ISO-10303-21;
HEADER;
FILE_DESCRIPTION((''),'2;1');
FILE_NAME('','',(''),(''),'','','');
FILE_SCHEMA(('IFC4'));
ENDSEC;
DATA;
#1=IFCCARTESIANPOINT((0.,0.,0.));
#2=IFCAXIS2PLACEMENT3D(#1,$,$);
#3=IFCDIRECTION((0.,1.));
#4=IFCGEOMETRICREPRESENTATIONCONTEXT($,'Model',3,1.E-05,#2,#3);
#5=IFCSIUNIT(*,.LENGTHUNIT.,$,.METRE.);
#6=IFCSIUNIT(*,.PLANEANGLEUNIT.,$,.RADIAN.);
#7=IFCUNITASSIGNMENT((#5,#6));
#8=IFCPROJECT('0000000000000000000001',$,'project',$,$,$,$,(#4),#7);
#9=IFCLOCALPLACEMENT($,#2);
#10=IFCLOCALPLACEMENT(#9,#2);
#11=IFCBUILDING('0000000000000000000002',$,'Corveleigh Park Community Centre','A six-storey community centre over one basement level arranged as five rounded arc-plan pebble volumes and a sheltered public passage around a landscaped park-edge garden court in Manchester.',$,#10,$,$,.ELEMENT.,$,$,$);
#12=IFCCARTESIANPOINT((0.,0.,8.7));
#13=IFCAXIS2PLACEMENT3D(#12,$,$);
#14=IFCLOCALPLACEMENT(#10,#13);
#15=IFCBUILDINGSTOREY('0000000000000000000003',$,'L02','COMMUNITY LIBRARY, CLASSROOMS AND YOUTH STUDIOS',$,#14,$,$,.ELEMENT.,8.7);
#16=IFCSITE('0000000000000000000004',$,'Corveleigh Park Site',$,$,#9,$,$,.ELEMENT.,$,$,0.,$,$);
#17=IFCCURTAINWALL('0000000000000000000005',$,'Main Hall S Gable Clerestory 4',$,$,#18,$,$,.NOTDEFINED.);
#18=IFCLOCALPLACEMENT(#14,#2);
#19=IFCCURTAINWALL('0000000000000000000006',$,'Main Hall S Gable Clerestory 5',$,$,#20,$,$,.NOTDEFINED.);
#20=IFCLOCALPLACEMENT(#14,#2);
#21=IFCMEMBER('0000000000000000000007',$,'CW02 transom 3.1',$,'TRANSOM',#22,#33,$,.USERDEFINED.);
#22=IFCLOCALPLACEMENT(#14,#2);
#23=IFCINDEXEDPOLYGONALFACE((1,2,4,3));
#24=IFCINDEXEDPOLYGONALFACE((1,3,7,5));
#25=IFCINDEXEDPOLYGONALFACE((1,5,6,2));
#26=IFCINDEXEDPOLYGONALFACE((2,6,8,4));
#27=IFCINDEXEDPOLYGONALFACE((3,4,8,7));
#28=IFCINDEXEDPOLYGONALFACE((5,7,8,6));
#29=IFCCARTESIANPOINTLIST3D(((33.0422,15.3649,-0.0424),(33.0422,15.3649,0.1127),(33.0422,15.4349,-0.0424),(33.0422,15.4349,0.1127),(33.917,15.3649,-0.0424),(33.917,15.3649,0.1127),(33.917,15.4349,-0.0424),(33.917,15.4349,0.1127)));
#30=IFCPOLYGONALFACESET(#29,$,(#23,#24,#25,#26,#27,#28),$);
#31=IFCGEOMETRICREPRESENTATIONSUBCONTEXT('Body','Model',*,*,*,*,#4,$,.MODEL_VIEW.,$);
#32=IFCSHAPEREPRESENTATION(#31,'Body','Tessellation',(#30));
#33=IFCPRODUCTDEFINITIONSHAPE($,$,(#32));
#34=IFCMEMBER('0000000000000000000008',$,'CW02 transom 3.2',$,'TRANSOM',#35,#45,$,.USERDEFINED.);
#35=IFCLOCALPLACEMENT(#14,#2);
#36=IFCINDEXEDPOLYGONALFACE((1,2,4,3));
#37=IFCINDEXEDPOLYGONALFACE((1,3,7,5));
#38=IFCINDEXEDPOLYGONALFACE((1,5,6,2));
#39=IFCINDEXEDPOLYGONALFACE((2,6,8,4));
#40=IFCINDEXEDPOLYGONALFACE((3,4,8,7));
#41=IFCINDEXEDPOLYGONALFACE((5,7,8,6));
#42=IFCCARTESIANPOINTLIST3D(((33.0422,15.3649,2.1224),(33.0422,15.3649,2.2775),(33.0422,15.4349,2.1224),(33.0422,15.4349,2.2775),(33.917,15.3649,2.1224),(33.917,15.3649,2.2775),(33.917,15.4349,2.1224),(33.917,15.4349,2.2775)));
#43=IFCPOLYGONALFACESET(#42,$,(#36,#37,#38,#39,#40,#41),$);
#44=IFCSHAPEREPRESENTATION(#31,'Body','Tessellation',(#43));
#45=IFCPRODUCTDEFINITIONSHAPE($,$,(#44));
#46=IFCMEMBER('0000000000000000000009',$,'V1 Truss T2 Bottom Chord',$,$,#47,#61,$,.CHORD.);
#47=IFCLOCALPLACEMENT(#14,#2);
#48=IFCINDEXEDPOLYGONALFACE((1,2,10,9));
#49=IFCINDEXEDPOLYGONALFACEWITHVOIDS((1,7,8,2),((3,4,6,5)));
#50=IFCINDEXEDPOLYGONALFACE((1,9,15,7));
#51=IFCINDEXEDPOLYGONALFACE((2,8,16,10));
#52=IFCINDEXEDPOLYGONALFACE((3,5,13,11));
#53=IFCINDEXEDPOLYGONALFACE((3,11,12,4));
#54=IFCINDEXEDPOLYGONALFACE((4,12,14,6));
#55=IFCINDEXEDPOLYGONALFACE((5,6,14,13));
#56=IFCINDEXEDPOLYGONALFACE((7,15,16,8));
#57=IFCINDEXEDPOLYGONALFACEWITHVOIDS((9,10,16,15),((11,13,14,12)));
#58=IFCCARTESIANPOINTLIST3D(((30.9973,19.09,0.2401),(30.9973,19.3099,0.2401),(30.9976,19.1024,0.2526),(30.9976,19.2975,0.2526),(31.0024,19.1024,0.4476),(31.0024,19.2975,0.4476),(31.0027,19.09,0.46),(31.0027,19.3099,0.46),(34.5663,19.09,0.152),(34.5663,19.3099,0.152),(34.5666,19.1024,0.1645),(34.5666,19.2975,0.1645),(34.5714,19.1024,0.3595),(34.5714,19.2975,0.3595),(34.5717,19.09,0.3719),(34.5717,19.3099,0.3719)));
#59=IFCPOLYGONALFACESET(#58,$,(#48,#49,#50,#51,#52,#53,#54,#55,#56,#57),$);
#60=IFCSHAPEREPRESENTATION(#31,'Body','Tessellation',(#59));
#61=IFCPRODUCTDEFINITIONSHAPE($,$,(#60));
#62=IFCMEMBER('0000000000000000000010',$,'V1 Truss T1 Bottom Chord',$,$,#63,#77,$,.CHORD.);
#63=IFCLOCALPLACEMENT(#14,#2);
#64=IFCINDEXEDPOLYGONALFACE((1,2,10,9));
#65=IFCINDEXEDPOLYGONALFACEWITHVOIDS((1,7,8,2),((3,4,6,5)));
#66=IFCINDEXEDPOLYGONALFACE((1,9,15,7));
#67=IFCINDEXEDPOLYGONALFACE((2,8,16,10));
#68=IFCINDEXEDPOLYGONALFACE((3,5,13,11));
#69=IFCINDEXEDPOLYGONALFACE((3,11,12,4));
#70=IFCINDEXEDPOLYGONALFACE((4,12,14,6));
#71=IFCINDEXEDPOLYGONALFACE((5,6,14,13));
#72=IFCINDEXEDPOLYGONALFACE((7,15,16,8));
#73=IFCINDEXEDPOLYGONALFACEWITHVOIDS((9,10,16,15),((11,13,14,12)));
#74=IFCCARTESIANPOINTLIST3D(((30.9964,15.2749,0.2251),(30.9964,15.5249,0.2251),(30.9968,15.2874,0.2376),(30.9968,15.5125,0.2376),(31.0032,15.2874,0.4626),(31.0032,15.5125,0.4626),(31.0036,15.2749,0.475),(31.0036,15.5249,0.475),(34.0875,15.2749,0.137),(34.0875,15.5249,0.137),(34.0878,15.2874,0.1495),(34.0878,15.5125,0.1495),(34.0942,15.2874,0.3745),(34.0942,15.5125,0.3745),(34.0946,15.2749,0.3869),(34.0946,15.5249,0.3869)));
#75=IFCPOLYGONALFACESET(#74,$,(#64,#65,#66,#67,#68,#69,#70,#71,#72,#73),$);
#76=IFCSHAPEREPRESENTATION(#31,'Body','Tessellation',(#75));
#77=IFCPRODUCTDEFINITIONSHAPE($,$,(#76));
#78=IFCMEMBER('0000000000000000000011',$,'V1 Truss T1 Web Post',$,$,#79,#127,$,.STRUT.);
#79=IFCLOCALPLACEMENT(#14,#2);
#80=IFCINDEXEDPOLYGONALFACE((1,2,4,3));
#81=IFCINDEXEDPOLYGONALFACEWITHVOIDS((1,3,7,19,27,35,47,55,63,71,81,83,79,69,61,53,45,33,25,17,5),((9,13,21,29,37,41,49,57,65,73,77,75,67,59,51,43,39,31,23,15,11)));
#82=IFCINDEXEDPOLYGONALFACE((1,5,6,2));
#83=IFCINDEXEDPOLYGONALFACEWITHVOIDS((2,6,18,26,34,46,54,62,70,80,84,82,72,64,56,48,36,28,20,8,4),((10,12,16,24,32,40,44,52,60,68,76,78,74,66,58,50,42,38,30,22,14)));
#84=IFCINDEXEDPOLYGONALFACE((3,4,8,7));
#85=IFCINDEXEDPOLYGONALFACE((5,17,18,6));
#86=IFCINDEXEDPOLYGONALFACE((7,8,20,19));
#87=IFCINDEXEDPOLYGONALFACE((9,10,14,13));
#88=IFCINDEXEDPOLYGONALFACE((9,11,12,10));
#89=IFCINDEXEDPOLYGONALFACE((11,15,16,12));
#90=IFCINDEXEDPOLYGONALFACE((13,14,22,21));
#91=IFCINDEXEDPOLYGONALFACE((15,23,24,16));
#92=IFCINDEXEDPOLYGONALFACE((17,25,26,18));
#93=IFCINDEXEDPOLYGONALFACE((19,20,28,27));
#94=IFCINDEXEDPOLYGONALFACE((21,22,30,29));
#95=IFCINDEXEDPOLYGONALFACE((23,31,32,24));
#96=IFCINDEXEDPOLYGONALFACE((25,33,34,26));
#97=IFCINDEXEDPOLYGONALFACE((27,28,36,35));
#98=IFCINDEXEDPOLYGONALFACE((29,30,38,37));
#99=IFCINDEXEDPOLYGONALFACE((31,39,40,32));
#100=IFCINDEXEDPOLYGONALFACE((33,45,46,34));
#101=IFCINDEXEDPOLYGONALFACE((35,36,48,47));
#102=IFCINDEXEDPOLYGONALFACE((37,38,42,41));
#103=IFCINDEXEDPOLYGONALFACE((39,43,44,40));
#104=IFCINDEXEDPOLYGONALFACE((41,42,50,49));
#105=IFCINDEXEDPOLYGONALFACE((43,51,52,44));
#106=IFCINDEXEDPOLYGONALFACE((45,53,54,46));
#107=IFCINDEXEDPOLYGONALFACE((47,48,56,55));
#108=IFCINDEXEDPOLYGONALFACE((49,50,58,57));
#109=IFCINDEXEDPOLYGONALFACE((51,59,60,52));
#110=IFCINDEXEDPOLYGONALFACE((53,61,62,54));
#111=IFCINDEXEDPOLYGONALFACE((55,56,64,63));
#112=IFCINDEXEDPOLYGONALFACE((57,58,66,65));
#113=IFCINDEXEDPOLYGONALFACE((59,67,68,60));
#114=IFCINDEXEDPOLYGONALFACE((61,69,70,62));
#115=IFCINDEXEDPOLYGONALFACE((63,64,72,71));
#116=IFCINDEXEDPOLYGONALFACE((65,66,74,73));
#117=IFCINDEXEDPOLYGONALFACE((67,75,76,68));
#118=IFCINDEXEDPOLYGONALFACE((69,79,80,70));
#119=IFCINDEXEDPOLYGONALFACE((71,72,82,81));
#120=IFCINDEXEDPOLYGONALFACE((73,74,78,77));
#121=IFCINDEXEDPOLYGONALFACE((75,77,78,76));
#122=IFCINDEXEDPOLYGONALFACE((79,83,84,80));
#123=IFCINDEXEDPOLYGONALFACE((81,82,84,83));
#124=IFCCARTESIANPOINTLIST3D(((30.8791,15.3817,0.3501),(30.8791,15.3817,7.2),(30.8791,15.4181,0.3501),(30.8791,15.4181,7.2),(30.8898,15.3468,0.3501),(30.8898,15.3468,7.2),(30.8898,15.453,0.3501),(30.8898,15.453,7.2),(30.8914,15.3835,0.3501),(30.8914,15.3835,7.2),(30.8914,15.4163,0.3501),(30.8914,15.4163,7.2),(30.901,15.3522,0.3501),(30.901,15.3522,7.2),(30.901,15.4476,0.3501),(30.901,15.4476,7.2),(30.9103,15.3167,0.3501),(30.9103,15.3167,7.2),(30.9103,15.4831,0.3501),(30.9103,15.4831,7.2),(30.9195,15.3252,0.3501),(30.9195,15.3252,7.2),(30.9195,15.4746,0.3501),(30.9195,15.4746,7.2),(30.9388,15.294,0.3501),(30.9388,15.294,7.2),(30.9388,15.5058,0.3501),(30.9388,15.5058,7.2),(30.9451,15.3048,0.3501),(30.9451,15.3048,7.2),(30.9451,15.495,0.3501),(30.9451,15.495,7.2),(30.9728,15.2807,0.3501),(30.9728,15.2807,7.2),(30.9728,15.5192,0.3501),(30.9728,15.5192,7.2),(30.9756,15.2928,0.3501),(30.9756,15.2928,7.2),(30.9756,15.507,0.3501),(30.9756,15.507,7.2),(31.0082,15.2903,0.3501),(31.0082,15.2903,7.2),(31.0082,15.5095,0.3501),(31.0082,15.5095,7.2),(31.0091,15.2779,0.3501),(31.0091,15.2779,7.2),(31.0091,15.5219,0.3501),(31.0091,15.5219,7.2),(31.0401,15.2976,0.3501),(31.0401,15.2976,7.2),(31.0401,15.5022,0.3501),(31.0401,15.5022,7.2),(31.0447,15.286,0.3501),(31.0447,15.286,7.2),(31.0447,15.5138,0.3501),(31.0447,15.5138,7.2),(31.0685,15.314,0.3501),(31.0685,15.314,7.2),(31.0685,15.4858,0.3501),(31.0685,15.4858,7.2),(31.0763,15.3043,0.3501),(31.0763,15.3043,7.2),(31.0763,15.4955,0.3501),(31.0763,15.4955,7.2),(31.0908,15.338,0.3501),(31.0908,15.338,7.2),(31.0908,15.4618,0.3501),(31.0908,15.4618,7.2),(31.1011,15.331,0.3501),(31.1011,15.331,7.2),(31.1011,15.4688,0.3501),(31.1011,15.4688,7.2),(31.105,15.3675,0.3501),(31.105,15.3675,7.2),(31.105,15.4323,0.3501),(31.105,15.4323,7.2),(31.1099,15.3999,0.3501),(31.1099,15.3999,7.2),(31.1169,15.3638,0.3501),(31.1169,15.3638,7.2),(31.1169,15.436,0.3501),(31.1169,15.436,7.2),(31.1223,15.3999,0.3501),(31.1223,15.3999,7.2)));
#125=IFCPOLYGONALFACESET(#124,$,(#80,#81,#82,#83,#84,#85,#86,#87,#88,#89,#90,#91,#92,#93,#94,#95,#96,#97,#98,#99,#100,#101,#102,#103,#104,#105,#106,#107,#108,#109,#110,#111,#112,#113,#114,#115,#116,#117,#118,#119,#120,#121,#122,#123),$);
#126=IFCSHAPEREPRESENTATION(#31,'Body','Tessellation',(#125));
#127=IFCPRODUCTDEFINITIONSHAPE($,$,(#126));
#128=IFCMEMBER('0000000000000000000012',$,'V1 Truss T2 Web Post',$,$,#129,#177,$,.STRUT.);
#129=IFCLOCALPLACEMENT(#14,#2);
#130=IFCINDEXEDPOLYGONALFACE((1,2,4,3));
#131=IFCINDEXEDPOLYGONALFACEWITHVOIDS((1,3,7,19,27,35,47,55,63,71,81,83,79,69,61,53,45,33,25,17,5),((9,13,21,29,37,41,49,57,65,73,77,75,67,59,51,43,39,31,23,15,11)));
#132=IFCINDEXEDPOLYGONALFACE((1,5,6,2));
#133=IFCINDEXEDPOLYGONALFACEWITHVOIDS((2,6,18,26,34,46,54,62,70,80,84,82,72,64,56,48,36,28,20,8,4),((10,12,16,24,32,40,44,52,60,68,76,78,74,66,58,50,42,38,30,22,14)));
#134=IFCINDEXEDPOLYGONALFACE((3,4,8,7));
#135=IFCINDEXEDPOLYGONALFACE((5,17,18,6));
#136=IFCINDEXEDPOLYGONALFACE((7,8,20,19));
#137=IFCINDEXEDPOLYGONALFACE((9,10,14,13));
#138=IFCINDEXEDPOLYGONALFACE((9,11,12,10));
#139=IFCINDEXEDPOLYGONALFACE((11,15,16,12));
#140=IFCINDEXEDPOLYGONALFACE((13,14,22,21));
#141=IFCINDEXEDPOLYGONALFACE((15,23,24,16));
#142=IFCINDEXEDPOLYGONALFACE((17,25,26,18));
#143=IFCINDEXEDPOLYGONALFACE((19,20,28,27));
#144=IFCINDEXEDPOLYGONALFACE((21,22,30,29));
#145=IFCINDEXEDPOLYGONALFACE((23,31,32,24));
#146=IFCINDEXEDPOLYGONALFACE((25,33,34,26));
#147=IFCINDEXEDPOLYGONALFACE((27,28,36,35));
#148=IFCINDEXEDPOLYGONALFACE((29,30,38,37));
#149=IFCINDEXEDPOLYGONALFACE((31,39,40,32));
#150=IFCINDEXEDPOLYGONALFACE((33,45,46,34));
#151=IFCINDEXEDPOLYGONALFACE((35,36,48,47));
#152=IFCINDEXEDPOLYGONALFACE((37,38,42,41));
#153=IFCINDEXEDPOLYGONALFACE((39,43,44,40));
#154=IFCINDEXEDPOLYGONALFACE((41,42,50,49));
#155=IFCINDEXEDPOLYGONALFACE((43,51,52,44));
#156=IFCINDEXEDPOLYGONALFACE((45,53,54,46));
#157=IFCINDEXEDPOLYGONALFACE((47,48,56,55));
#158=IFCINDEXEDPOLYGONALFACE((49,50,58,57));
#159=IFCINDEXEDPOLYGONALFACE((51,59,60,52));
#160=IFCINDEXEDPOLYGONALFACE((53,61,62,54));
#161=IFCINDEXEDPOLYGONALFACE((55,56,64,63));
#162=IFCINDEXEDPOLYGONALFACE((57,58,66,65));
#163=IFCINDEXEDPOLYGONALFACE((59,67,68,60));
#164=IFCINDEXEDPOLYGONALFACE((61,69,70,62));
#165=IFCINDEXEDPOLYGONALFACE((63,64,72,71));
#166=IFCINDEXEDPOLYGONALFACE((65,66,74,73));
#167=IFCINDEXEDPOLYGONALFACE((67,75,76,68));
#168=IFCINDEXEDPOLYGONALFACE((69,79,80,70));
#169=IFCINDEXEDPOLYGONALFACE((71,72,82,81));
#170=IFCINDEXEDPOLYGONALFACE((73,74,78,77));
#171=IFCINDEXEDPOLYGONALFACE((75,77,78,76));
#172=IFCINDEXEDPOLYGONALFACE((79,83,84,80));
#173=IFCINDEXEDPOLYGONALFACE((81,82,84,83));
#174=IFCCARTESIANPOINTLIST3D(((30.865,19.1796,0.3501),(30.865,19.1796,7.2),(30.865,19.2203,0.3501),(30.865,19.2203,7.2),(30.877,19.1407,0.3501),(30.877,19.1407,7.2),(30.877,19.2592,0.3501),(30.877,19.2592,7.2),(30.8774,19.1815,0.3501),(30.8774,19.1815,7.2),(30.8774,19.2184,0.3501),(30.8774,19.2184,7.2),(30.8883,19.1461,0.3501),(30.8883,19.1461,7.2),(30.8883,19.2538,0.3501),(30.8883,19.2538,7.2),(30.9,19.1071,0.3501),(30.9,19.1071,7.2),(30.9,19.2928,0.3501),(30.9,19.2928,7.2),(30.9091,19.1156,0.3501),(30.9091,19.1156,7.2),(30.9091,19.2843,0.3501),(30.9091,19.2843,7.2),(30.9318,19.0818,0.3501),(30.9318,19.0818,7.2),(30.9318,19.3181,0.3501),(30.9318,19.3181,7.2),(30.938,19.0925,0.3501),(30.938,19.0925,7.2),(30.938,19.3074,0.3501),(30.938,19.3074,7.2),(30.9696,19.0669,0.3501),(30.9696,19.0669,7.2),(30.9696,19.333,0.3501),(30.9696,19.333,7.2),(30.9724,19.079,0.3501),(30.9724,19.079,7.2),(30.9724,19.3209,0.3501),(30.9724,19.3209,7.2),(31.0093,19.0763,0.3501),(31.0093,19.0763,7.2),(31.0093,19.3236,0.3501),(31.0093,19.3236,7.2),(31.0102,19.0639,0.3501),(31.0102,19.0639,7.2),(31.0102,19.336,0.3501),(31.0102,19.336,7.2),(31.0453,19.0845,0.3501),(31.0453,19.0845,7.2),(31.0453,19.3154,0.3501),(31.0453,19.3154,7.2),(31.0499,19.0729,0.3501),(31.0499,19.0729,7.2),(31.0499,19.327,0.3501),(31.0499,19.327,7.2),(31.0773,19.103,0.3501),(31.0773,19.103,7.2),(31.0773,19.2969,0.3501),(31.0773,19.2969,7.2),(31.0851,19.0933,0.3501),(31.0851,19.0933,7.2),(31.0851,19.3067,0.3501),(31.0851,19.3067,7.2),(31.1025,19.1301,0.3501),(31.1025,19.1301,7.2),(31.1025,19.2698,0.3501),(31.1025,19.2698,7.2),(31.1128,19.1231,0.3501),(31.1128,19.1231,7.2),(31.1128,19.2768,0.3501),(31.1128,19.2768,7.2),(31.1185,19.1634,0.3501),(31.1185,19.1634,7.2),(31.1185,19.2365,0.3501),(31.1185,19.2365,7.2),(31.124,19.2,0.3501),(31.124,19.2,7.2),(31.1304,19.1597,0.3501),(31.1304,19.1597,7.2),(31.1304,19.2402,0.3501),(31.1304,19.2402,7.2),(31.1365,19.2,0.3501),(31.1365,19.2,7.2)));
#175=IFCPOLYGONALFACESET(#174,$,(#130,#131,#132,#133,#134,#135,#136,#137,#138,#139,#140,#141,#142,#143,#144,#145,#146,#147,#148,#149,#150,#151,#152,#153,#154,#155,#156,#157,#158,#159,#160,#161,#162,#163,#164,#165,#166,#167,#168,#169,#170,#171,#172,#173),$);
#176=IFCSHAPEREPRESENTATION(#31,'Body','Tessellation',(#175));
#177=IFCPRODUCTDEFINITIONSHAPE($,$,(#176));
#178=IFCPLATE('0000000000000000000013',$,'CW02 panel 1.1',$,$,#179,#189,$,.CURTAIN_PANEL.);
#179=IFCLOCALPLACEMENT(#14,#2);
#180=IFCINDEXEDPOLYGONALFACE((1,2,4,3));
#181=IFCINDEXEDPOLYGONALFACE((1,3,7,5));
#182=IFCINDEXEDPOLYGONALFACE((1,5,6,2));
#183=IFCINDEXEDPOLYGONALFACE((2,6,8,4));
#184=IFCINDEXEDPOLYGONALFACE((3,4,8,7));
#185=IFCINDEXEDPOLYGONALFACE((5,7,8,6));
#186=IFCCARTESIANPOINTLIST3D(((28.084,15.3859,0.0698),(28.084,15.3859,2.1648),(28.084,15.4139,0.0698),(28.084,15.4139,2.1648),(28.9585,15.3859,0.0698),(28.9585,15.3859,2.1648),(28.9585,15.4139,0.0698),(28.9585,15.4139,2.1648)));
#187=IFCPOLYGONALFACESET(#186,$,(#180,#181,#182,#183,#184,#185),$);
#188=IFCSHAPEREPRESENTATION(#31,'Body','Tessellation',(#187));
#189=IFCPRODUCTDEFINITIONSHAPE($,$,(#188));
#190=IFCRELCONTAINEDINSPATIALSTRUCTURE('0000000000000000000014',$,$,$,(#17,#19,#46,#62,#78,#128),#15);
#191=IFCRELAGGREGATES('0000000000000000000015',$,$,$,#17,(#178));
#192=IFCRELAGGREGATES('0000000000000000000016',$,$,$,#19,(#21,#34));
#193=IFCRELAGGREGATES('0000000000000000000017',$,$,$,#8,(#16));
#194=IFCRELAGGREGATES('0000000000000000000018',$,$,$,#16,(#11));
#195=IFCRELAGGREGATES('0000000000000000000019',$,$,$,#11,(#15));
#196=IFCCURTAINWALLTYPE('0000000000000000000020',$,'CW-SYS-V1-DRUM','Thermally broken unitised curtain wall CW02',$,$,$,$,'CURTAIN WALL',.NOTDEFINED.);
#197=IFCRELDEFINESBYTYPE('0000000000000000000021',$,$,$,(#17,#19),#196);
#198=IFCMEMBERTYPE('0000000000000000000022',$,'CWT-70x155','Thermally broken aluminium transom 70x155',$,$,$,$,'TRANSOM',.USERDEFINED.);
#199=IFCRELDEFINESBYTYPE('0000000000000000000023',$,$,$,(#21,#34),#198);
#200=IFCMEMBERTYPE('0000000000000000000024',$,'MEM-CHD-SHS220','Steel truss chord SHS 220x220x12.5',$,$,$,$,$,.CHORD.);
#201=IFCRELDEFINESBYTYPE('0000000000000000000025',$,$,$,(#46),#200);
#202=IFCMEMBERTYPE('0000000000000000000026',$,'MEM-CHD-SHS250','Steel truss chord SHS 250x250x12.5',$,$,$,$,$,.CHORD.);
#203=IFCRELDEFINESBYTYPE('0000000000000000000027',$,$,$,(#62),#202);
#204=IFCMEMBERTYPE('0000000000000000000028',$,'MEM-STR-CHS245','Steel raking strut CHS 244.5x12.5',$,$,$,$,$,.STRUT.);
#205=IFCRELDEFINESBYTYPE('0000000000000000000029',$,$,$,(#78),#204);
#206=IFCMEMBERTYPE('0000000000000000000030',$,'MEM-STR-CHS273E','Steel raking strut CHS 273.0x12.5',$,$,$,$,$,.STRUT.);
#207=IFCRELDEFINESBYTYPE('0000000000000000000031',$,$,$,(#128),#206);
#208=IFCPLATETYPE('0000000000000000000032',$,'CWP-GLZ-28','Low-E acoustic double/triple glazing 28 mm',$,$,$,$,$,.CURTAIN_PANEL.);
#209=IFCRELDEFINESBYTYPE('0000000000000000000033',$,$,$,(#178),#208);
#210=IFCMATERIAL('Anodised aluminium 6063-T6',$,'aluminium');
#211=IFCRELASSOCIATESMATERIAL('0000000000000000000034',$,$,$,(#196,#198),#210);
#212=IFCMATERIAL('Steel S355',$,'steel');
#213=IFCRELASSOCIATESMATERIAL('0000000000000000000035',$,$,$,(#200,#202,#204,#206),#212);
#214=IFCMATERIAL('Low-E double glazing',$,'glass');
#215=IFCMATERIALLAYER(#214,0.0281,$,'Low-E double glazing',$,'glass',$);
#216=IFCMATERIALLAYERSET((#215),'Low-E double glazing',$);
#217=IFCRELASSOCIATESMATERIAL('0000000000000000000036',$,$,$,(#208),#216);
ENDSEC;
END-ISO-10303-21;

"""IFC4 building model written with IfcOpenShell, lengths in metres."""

from ifc_helpers import new_model, si_unit, direction, frame, origin, origin_2d, place, context, subcontext, project, spatial, rectangle, hollow_rectangle, hollow_circle, extrude, material, layer, layer_set, material_profile, profile_set, type_object, element, aggregate, save


model = new_model("IFC4")

# Units and contexts
model_context = context("Model", 3, precision=1e-05, world=origin(), true_north=direction((0.0, 1.0)))
body_context = subcontext(model_context, "Body", "Model", "MODEL_VIEW")
ifc_project = project(units=[si_unit("LENGTHUNIT", "METRE"), si_unit("PLANEANGLEUNIT", "RADIAN")], contexts=[model_context])

# Site, building, storey
site_placement = place(None, origin())
site = spatial("IfcSite", under=ifc_project, at=site_placement, Name="Corveleigh Park Site", CompositionType="ELEMENT", RefElevation=0.0)
building_placement = place(site_placement, origin())
building = spatial("IfcBuilding", under=site, at=building_placement, Name="Corveleigh Park Community Centre", Description="A six-storey community centre over one basement level arranged as five rounded arc-plan pebble volumes and a sheltered public passage around a landscaped park-edge garden court in Manchester.", CompositionType="ELEMENT")
storey_placement = place(building_placement, frame((0.0, 0.0, 8.7)))
storey = spatial("IfcBuildingStorey", under=building, at=storey_placement, Name="L02", Description="COMMUNITY LIBRARY, CLASSROOMS AND YOUTH STUDIOS", CompositionType="ELEMENT", Elevation=8.7)

# Curtain walls
ifc_material_1 = material(Name="Anodised aluminium 6063-T6", Category="aluminium")
curtain_wall_type = type_object("IfcCurtainWallType", Name="CW-SYS-V1-DRUM", Description="Thermally broken unitised curtain wall CW02", ElementType="CURTAIN WALL", PredefinedType="NOTDEFINED", material=ifc_material_1)
curtain_wall_1_placement = place(storey_placement, origin())
curtain_wall_1 = element("IfcCurtainWall", 1, at=curtain_wall_1_placement, inside=storey, type_object=curtain_wall_type, Name="Main Hall S Gable Clerestory 4", PredefinedType="NOTDEFINED")
curtain_wall_2_placement = place(storey_placement, origin())
curtain_wall_2 = element("IfcCurtainWall", 2, at=curtain_wall_2_placement, inside=storey, type_object=curtain_wall_type, Name="Main Hall S Gable Clerestory 5", PredefinedType="NOTDEFINED")

# Members
ifc_material_profile_1 = material_profile(ifc_material_1, rectangle(XDim=0.0701, YDim=0.155, at=origin_2d()), Name="ALU-T70x155", Category="aluminium")
ifc_profile_set_1 = profile_set([ifc_material_profile_1], Name="Anodised aluminium 6063-T6")
member_type_1 = type_object("IfcMemberType", Name="CWT-70x155", Description="Thermally broken aluminium transom 70x155", ElementType="TRANSOM", PredefinedType="USERDEFINED", material=ifc_profile_set_1)
member_1_placement = place(storey_placement, frame((33.0422, 15.3999, 0.0352), z_axis=(1.0, 0.0, 0.0), x_axis=(0.0, 1.0, 0.0)))
member_1 = element("IfcMember", 3, at=member_1_placement, type_object=member_type_1, Name="CW02 transom 3.1", ObjectType="TRANSOM", PredefinedType="USERDEFINED", context=body_context, shape_type="SweptSolid", body=[
    extrude(rectangle(XDim=0.0701, YDim=0.155, at=origin_2d()), origin(), (0.0, 0.0, 1.0), 0.8748),
])
member_2_placement = place(storey_placement, frame((33.0422, 15.3999, 2.2), z_axis=(1.0, 0.0, 0.0), x_axis=(0.0, 1.0, 0.0)))
member_2 = element("IfcMember", 4, at=member_2_placement, type_object=member_type_1, Name="CW02 transom 3.2", ObjectType="TRANSOM", PredefinedType="USERDEFINED", context=body_context, shape_type="SweptSolid", body=[
    extrude(rectangle(XDim=0.0701, YDim=0.155, at=origin_2d()), origin(), (0.0, 0.0, 1.0), 0.8748),
])

# Members
ifc_material_2 = material(Name="Steel S355", Category="steel")
ifc_material_profile_2 = material_profile(ifc_material_2, hollow_rectangle(XDim=0.22, YDim=0.22, WallThickness=0.0125, at=origin_2d()), Name="SHS 220x220x12.5", Category="steel")
ifc_profile_set_2 = profile_set([ifc_material_profile_2], Name="Steel S355")
member_type_2 = type_object("IfcMemberType", Name="MEM-CHD-SHS220", Description="Steel truss chord SHS 220x220x12.5", PredefinedType="CHORD", material=ifc_profile_set_2)
member_3_placement = place(storey_placement, frame((31.0, 19.2, 0.3501), z_axis=(0.999695, 0.0, -0.024686), x_axis=(0.0, 1.0, 0.0)))
element("IfcMember", 5, at=member_3_placement, inside=storey, type_object=member_type_2, Name="V1 Truss T2 Bottom Chord", PredefinedType="CHORD", context=body_context, shape_type="SweptSolid", body=[
    extrude(hollow_rectangle(XDim=0.22, YDim=0.22, WallThickness=0.0125, at=origin_2d()), origin(), (0.0, 0.0, 1.0), 3.5701),
])
ifc_material_profile_3 = material_profile(ifc_material_2, hollow_rectangle(XDim=0.25, YDim=0.25, WallThickness=0.0125, at=origin_2d()), Name="SHS 250x250x12.5", Category="steel")
ifc_profile_set_3 = profile_set([ifc_material_profile_3], Name="Steel S355")
member_type_3 = type_object("IfcMemberType", Name="MEM-CHD-SHS250", Description="Steel truss chord SHS 250x250x12.5", PredefinedType="CHORD", material=ifc_profile_set_3)
member_4_placement = place(storey_placement, frame((31.0, 15.3999, 0.3501), z_axis=(0.999594, 0.0, -0.028501), x_axis=(0.0, 1.0, 0.0)))
element("IfcMember", 6, at=member_4_placement, inside=storey, type_object=member_type_3, Name="V1 Truss T1 Bottom Chord", PredefinedType="CHORD", context=body_context, shape_type="SweptSolid", body=[
    extrude(hollow_rectangle(XDim=0.25, YDim=0.25, WallThickness=0.0125, at=origin_2d()), origin(), (0.0, 0.0, 1.0), 3.0923),
])
ifc_material_profile_4 = material_profile(ifc_material_2, hollow_circle(Radius=0.1223, WallThickness=0.0125, at=origin_2d()), Name="CHS 244.5x12.5", Category="steel")
ifc_profile_set_4 = profile_set([ifc_material_profile_4], Name="Steel S355")
member_type_4 = type_object("IfcMemberType", Name="MEM-STR-CHS245", Description="Steel raking strut CHS 244.5x12.5", PredefinedType="STRUT", material=ifc_profile_set_4)
member_5_placement = place(storey_placement, frame((31.0, 15.3999, 0.3501), z_axis=(0.0, 0.0, 1.0), x_axis=(1.0, 0.0, 0.0)))
element("IfcMember", 7, at=member_5_placement, inside=storey, type_object=member_type_4, Name="V1 Truss T1 Web Post", PredefinedType="STRUT", context=body_context, shape_type="SweptSolid", body=[
    extrude(hollow_circle(Radius=0.1223, WallThickness=0.0125, at=origin_2d()), origin(), (0.0, 0.0, 1.0), 6.8499),
])
ifc_material_profile_5 = material_profile(ifc_material_2, hollow_circle(Radius=0.1365, WallThickness=0.0125, at=origin_2d()), Name="CHS 273.0x12.5", Category="steel")
ifc_profile_set_5 = profile_set([ifc_material_profile_5], Name="Steel S355")
member_type_5 = type_object("IfcMemberType", Name="MEM-STR-CHS273E", Description="Steel raking strut CHS 273.0x12.5", PredefinedType="STRUT", material=ifc_profile_set_5)
member_6_placement = place(storey_placement, frame((31.0, 19.2, 0.3501), z_axis=(0.0, 0.0, 1.0), x_axis=(1.0, 0.0, 0.0)))
element("IfcMember", 8, at=member_6_placement, inside=storey, type_object=member_type_5, Name="V1 Truss T2 Web Post", PredefinedType="STRUT", context=body_context, shape_type="SweptSolid", body=[
    extrude(hollow_circle(Radius=0.1365, WallThickness=0.0125, at=origin_2d()), origin(), (0.0, 0.0, 1.0), 6.8499),
])

# Plate
ifc_material_3 = material(Name="Low-E double glazing", Category="glass")
ifc_layer = layer(ifc_material_3, 0.0281, Name="Low-E double glazing", Category="glass")
ifc_layer_set = layer_set([ifc_layer], Name="Low-E double glazing")
plate_type = type_object("IfcPlateType", Name="CWP-GLZ-28", Description="Low-E acoustic double/triple glazing 28 mm", PredefinedType="CURTAIN_PANEL", material=ifc_layer_set)
plate_1_placement = place(storey_placement, frame((28.5212, 15.3999, 0.0698), z_axis=(0.0, 0.0, 1.0), x_axis=(1.0, 0.0, 0.0)))
plate_1 = element("IfcPlate", 9, at=plate_1_placement, type_object=plate_type, Name="CW02 panel 1.1", PredefinedType="CURTAIN_PANEL", context=body_context, shape_type="SweptSolid", body=[
    extrude(rectangle(XDim=0.8745, YDim=0.0281, at=origin_2d()), origin(), (0.0, 0.0, 1.0), 2.095),
])
aggregate(curtain_wall_1, [plate_1])
aggregate(curtain_wall_2, [member_1, member_2])

save(model, "model.ifc")
